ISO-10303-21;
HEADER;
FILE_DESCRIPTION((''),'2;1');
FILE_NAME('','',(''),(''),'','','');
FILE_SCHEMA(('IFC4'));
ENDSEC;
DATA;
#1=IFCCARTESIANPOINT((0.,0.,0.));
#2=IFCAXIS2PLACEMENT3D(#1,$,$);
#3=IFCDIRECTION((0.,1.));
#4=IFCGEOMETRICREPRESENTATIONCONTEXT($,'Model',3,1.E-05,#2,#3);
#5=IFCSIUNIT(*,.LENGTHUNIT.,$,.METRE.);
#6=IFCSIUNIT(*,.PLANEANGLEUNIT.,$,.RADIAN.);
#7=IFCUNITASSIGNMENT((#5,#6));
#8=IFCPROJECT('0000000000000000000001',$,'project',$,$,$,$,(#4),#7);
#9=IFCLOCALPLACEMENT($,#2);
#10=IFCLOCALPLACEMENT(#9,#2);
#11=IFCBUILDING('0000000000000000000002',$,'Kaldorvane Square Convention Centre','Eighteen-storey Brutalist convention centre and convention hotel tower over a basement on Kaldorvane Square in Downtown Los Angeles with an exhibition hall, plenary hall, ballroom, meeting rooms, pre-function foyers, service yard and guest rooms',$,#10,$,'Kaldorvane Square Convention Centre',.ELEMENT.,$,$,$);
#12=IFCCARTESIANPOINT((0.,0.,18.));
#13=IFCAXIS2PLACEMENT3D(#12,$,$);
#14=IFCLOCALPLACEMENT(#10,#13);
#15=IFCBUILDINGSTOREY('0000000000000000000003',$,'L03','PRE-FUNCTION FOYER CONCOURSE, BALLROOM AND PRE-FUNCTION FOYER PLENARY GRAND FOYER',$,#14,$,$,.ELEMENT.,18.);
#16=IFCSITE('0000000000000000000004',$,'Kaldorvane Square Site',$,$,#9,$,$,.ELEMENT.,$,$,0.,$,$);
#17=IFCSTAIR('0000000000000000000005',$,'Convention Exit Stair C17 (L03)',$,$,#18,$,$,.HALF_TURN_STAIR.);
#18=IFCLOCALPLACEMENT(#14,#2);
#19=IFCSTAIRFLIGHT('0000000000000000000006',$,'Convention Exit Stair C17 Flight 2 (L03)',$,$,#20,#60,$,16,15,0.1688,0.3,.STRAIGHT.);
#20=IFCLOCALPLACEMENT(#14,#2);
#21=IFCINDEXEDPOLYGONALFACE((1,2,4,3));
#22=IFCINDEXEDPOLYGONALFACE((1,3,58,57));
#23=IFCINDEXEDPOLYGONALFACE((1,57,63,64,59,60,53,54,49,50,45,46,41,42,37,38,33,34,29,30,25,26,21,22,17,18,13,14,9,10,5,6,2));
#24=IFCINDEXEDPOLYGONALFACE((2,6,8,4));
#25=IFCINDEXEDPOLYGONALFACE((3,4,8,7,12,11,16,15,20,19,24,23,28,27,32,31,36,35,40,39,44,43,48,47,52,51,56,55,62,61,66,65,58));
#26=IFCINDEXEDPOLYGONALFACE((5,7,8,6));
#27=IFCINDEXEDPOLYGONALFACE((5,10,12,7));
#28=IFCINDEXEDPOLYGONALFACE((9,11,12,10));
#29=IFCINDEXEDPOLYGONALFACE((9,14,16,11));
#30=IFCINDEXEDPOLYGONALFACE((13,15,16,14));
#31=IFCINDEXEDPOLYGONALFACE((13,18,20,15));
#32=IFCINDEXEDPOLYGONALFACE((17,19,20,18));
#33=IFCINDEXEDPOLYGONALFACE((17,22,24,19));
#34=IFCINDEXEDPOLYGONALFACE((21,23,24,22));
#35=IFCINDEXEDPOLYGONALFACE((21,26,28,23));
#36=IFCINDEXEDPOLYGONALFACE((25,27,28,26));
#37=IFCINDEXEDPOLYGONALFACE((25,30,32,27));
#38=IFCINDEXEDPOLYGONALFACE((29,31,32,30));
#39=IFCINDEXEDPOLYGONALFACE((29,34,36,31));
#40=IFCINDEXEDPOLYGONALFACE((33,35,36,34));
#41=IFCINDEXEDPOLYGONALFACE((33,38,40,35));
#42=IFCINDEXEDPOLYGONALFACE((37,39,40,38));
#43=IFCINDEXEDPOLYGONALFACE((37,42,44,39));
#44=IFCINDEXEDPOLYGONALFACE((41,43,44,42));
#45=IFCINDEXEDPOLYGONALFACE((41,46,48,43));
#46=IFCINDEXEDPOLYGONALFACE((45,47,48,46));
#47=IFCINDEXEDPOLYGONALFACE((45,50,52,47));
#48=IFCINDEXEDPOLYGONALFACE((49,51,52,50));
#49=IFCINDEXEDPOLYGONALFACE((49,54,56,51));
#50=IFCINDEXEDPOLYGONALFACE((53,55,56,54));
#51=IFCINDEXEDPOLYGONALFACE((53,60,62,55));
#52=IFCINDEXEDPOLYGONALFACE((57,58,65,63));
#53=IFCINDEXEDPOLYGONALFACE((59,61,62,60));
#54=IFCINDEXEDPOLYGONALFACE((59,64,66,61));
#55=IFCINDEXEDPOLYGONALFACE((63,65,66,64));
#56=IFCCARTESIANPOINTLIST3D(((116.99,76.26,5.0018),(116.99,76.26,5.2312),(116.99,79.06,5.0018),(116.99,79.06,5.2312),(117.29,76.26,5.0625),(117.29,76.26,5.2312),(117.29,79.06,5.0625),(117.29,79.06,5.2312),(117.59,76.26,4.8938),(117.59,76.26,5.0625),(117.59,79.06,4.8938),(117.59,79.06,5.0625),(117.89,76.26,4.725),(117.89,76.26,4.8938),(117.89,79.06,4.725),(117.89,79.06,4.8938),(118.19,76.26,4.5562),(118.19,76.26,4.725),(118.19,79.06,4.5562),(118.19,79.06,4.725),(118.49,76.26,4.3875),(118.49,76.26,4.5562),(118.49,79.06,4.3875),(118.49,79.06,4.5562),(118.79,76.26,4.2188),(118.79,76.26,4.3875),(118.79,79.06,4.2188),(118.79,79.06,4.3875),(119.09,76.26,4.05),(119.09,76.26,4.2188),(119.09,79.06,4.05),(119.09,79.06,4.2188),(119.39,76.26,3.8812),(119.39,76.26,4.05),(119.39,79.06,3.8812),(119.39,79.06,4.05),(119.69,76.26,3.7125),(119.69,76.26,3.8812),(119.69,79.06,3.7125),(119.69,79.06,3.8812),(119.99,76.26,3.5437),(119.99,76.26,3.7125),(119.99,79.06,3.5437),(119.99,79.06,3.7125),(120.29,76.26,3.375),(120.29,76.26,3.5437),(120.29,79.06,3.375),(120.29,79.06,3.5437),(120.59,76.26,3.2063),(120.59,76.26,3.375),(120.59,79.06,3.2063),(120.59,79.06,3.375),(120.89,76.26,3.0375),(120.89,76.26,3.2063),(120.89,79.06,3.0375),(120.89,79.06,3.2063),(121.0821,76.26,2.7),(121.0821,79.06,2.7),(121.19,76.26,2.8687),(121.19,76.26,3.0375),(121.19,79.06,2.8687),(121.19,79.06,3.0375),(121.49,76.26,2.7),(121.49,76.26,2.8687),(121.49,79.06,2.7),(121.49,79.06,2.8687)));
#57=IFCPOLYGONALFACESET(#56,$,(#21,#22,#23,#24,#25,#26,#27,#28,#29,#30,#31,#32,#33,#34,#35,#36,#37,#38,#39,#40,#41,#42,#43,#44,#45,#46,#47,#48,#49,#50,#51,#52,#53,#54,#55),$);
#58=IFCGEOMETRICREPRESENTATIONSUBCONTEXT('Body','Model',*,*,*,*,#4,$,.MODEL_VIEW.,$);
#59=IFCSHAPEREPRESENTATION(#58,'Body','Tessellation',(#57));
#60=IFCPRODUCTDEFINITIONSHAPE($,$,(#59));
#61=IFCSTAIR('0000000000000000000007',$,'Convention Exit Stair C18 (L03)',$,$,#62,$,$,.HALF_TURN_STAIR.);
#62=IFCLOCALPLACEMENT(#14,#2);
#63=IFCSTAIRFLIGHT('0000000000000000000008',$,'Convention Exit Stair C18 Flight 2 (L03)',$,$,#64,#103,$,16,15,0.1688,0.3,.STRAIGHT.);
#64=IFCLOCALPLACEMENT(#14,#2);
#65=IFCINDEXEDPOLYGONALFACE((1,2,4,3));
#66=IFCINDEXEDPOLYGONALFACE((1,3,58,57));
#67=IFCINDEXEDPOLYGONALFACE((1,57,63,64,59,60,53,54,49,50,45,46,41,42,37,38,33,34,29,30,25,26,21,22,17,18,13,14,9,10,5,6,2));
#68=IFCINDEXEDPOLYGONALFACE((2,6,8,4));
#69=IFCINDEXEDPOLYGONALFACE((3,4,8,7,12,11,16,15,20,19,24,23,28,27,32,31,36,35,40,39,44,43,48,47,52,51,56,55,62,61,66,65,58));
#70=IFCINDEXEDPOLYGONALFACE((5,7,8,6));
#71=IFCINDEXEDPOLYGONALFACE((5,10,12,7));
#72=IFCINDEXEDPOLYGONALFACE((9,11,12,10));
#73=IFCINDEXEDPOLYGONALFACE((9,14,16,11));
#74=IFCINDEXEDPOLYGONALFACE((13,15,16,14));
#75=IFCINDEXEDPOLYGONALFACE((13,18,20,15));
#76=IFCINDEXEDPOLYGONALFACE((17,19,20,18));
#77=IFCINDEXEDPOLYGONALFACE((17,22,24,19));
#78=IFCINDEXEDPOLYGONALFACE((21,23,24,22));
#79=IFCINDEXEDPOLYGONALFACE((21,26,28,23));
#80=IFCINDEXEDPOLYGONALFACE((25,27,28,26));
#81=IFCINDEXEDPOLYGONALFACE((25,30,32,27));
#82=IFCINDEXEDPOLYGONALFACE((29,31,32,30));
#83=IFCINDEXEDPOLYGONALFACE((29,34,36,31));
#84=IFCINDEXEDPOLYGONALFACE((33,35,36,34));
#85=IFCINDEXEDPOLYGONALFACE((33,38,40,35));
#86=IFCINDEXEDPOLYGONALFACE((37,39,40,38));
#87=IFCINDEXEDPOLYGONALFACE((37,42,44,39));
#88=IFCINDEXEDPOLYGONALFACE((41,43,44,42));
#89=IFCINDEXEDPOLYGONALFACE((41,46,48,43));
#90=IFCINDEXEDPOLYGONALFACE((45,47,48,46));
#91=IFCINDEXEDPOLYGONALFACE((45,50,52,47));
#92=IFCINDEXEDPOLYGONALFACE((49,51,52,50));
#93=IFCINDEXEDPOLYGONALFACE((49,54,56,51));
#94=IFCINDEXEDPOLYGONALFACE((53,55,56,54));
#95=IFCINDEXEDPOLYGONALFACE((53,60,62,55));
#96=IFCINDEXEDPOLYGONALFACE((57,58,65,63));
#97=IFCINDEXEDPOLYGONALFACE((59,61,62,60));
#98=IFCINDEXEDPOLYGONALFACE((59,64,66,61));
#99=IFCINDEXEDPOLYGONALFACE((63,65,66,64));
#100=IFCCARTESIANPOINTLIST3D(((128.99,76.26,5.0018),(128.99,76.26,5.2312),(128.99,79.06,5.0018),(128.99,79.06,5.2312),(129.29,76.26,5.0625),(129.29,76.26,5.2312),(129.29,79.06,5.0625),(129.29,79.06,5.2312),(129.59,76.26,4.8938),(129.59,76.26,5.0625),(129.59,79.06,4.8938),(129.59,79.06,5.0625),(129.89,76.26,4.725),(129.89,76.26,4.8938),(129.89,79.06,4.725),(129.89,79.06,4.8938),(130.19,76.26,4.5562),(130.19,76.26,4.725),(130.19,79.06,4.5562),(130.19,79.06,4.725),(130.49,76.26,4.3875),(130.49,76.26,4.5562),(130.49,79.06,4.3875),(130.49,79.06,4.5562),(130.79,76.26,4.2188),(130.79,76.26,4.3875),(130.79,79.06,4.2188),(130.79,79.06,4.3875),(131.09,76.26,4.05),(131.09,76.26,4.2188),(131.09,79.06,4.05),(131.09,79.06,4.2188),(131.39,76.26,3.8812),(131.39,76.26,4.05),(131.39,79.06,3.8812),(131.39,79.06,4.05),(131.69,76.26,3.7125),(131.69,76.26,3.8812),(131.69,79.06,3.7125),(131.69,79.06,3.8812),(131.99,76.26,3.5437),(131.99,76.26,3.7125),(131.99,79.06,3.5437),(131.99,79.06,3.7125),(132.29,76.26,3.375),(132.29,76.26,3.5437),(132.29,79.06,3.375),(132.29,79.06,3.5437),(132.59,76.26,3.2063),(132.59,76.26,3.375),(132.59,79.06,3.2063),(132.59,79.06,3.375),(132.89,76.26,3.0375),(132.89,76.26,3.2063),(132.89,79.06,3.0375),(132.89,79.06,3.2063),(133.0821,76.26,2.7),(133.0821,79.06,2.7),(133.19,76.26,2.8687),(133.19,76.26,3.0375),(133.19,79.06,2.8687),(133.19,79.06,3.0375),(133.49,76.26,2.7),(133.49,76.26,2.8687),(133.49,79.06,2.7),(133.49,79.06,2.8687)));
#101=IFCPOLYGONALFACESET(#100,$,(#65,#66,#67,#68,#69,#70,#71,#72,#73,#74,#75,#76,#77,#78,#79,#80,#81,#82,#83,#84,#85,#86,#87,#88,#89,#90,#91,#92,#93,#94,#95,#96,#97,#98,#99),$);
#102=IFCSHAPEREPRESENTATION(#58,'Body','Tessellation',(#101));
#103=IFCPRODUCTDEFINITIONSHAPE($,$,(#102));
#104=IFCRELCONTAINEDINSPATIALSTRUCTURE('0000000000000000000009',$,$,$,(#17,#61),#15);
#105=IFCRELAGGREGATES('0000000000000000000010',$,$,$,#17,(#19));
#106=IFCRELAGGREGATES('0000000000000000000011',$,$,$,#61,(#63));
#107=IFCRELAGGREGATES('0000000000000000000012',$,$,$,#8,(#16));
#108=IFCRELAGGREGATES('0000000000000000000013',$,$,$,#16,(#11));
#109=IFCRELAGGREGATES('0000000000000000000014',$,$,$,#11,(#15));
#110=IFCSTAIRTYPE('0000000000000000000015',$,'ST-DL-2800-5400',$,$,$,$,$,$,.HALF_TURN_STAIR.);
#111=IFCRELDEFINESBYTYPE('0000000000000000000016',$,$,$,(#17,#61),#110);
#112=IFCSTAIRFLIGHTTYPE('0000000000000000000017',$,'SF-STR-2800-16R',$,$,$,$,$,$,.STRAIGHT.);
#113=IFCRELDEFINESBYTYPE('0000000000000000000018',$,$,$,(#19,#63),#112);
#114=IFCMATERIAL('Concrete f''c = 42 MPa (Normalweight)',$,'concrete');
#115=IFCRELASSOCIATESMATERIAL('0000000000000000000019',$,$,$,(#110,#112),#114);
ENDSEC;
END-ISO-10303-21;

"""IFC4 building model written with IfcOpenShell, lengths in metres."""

from ifc_helpers import new_model, si_unit, direction, frame, origin, place, context, subcontext, project, spatial, polyline, outline, extrude, material, type_object, element, aggregate, save


model = new_model("IFC4")

# Units and contexts
model_context = context("Model", 3, precision=1e-05, world=origin(), true_north=direction((0.0, 1.0)))
body_context = subcontext(model_context, "Body", "Model", "MODEL_VIEW")
ifc_project = project(units=[si_unit("LENGTHUNIT", "METRE"), si_unit("PLANEANGLEUNIT", "RADIAN")], contexts=[model_context])

# Site, building, storey
site_placement = place(None, origin())
site = spatial("IfcSite", under=ifc_project, at=site_placement, Name="Kaldorvane Square Site", CompositionType="ELEMENT", RefElevation=0.0)
building_placement = place(site_placement, origin())
building = spatial("IfcBuilding", under=site, at=building_placement, Name="Kaldorvane Square Convention Centre", Description="Eighteen-storey Brutalist convention centre and convention hotel tower over a basement on Kaldorvane Square in Downtown Los Angeles with an exhibition hall, plenary hall, ballroom, meeting rooms, pre-function foyers, service yard and guest rooms", LongName="Kaldorvane Square Convention Centre", CompositionType="ELEMENT")
storey_placement = place(building_placement, frame((0.0, 0.0, 18.0)))
storey = spatial("IfcBuildingStorey", under=building, at=storey_placement, Name="L03", Description="PRE-FUNCTION FOYER CONCOURSE, BALLROOM AND PRE-FUNCTION FOYER PLENARY GRAND FOYER", CompositionType="ELEMENT", Elevation=18.0)

# Stairs, stair flights
ifc_material_1 = material(Name="Concrete f'c = 42 MPa (Normalweight)", Category="concrete")
stair_type = type_object("IfcStairType", Name="ST-DL-2800-5400", PredefinedType="HALF_TURN_STAIR", material=ifc_material_1)
stair_flight_type = type_object("IfcStairFlightType", Name="SF-STR-2800-16R", PredefinedType="STRAIGHT", material=ifc_material_1)
stair_1_placement = place(storey_placement, origin())
stair_1 = element("IfcStair", 1, at=stair_1_placement, inside=storey, type_object=stair_type, Name="Convention Exit Stair C17 (L03)", PredefinedType="HALF_TURN_STAIR")
stair_flight_1_placement = place(storey_placement, frame((121.49, 77.66, 2.7), z_axis=(0.0, 0.0, 1.0), x_axis=(-1.0, 0.0, 0.0)))
stair_flight_1 = element("IfcStairFlight", 2, at=stair_flight_1_placement, type_object=stair_flight_type, Name="Convention Exit Stair C17 Flight 2 (L03)", NumberOfRisers=16, NumberOfTreads=15, PredefinedType="STRAIGHT", RiserHeight=0.1688, TreadLength=0.3, context=body_context, shape_type="SweptSolid", body=[
    extrude(outline(polyline([(0.0, 0.0), (0.0, 0.1687), (0.3, 0.1687), (0.3, 0.3375), (0.6, 0.3375), (0.6, 0.5063), (0.9, 0.5063), (0.9, 0.675), (1.2, 0.675), (1.2, 0.8438), (1.5, 0.8438), (1.5, 1.0125), (1.8, 1.0125), (1.8, 1.1812), (2.1, 1.1812), (2.1, 1.35), (2.4, 1.35), (2.4, 1.5188), (2.7, 1.5188), (2.7, 1.6875), (3.0, 1.6875), (3.0, 1.8562), (3.3, 1.8562), (3.3, 2.025), (3.6, 2.025), (3.6, 2.1938), (3.9, 2.1938), (3.9, 2.3625), (4.2, 2.3625), (4.2, 2.5312), (4.5, 2.5312), (4.5, 2.7), (4.5, 2.3018), (0.4079, 0.0), (0.0, 0.0)])), frame((0.0, 1.4, 0.0), z_axis=(0.0, -1.0, 0.0), x_axis=(1.0, 0.0, 0.0)), (0.0, 0.0, 1.0), 2.8),
])
aggregate(stair_1, [stair_flight_1])
stair_2_placement = place(storey_placement, origin())
stair_2 = element("IfcStair", 3, at=stair_2_placement, inside=storey, type_object=stair_type, Name="Convention Exit Stair C18 (L03)", PredefinedType="HALF_TURN_STAIR")
stair_flight_2_placement = place(storey_placement, frame((133.49, 77.66, 2.7), z_axis=(0.0, 0.0, 1.0), x_axis=(-1.0, 0.0, 0.0)))
stair_flight_2 = element("IfcStairFlight", 4, at=stair_flight_2_placement, type_object=stair_flight_type, Name="Convention Exit Stair C18 Flight 2 (L03)", NumberOfRisers=16, NumberOfTreads=15, PredefinedType="STRAIGHT", RiserHeight=0.1688, TreadLength=0.3, context=body_context, shape_type="SweptSolid", body=[
    extrude(outline(polyline([(0.0, 0.0), (0.0, 0.1687), (0.3, 0.1687), (0.3, 0.3375), (0.6, 0.3375), (0.6, 0.5063), (0.9, 0.5063), (0.9, 0.675), (1.2, 0.675), (1.2, 0.8438), (1.5, 0.8438), (1.5, 1.0125), (1.8, 1.0125), (1.8, 1.1812), (2.1, 1.1812), (2.1, 1.35), (2.4, 1.35), (2.4, 1.5188), (2.7, 1.5188), (2.7, 1.6875), (3.0, 1.6875), (3.0, 1.8562), (3.3, 1.8562), (3.3, 2.025), (3.6, 2.025), (3.6, 2.1938), (3.9, 2.1938), (3.9, 2.3625), (4.2, 2.3625), (4.2, 2.5312), (4.5, 2.5312), (4.5, 2.7), (4.5, 2.3018), (0.4079, 0.0), (0.0, 0.0)])), frame((0.0, 1.4, 0.0), z_axis=(0.0, -1.0, 0.0), x_axis=(1.0, 0.0, 0.0)), (0.0, 0.0, 1.0), 2.8),
])
aggregate(stair_2, [stair_flight_2])

save(model, "model.ifc")
